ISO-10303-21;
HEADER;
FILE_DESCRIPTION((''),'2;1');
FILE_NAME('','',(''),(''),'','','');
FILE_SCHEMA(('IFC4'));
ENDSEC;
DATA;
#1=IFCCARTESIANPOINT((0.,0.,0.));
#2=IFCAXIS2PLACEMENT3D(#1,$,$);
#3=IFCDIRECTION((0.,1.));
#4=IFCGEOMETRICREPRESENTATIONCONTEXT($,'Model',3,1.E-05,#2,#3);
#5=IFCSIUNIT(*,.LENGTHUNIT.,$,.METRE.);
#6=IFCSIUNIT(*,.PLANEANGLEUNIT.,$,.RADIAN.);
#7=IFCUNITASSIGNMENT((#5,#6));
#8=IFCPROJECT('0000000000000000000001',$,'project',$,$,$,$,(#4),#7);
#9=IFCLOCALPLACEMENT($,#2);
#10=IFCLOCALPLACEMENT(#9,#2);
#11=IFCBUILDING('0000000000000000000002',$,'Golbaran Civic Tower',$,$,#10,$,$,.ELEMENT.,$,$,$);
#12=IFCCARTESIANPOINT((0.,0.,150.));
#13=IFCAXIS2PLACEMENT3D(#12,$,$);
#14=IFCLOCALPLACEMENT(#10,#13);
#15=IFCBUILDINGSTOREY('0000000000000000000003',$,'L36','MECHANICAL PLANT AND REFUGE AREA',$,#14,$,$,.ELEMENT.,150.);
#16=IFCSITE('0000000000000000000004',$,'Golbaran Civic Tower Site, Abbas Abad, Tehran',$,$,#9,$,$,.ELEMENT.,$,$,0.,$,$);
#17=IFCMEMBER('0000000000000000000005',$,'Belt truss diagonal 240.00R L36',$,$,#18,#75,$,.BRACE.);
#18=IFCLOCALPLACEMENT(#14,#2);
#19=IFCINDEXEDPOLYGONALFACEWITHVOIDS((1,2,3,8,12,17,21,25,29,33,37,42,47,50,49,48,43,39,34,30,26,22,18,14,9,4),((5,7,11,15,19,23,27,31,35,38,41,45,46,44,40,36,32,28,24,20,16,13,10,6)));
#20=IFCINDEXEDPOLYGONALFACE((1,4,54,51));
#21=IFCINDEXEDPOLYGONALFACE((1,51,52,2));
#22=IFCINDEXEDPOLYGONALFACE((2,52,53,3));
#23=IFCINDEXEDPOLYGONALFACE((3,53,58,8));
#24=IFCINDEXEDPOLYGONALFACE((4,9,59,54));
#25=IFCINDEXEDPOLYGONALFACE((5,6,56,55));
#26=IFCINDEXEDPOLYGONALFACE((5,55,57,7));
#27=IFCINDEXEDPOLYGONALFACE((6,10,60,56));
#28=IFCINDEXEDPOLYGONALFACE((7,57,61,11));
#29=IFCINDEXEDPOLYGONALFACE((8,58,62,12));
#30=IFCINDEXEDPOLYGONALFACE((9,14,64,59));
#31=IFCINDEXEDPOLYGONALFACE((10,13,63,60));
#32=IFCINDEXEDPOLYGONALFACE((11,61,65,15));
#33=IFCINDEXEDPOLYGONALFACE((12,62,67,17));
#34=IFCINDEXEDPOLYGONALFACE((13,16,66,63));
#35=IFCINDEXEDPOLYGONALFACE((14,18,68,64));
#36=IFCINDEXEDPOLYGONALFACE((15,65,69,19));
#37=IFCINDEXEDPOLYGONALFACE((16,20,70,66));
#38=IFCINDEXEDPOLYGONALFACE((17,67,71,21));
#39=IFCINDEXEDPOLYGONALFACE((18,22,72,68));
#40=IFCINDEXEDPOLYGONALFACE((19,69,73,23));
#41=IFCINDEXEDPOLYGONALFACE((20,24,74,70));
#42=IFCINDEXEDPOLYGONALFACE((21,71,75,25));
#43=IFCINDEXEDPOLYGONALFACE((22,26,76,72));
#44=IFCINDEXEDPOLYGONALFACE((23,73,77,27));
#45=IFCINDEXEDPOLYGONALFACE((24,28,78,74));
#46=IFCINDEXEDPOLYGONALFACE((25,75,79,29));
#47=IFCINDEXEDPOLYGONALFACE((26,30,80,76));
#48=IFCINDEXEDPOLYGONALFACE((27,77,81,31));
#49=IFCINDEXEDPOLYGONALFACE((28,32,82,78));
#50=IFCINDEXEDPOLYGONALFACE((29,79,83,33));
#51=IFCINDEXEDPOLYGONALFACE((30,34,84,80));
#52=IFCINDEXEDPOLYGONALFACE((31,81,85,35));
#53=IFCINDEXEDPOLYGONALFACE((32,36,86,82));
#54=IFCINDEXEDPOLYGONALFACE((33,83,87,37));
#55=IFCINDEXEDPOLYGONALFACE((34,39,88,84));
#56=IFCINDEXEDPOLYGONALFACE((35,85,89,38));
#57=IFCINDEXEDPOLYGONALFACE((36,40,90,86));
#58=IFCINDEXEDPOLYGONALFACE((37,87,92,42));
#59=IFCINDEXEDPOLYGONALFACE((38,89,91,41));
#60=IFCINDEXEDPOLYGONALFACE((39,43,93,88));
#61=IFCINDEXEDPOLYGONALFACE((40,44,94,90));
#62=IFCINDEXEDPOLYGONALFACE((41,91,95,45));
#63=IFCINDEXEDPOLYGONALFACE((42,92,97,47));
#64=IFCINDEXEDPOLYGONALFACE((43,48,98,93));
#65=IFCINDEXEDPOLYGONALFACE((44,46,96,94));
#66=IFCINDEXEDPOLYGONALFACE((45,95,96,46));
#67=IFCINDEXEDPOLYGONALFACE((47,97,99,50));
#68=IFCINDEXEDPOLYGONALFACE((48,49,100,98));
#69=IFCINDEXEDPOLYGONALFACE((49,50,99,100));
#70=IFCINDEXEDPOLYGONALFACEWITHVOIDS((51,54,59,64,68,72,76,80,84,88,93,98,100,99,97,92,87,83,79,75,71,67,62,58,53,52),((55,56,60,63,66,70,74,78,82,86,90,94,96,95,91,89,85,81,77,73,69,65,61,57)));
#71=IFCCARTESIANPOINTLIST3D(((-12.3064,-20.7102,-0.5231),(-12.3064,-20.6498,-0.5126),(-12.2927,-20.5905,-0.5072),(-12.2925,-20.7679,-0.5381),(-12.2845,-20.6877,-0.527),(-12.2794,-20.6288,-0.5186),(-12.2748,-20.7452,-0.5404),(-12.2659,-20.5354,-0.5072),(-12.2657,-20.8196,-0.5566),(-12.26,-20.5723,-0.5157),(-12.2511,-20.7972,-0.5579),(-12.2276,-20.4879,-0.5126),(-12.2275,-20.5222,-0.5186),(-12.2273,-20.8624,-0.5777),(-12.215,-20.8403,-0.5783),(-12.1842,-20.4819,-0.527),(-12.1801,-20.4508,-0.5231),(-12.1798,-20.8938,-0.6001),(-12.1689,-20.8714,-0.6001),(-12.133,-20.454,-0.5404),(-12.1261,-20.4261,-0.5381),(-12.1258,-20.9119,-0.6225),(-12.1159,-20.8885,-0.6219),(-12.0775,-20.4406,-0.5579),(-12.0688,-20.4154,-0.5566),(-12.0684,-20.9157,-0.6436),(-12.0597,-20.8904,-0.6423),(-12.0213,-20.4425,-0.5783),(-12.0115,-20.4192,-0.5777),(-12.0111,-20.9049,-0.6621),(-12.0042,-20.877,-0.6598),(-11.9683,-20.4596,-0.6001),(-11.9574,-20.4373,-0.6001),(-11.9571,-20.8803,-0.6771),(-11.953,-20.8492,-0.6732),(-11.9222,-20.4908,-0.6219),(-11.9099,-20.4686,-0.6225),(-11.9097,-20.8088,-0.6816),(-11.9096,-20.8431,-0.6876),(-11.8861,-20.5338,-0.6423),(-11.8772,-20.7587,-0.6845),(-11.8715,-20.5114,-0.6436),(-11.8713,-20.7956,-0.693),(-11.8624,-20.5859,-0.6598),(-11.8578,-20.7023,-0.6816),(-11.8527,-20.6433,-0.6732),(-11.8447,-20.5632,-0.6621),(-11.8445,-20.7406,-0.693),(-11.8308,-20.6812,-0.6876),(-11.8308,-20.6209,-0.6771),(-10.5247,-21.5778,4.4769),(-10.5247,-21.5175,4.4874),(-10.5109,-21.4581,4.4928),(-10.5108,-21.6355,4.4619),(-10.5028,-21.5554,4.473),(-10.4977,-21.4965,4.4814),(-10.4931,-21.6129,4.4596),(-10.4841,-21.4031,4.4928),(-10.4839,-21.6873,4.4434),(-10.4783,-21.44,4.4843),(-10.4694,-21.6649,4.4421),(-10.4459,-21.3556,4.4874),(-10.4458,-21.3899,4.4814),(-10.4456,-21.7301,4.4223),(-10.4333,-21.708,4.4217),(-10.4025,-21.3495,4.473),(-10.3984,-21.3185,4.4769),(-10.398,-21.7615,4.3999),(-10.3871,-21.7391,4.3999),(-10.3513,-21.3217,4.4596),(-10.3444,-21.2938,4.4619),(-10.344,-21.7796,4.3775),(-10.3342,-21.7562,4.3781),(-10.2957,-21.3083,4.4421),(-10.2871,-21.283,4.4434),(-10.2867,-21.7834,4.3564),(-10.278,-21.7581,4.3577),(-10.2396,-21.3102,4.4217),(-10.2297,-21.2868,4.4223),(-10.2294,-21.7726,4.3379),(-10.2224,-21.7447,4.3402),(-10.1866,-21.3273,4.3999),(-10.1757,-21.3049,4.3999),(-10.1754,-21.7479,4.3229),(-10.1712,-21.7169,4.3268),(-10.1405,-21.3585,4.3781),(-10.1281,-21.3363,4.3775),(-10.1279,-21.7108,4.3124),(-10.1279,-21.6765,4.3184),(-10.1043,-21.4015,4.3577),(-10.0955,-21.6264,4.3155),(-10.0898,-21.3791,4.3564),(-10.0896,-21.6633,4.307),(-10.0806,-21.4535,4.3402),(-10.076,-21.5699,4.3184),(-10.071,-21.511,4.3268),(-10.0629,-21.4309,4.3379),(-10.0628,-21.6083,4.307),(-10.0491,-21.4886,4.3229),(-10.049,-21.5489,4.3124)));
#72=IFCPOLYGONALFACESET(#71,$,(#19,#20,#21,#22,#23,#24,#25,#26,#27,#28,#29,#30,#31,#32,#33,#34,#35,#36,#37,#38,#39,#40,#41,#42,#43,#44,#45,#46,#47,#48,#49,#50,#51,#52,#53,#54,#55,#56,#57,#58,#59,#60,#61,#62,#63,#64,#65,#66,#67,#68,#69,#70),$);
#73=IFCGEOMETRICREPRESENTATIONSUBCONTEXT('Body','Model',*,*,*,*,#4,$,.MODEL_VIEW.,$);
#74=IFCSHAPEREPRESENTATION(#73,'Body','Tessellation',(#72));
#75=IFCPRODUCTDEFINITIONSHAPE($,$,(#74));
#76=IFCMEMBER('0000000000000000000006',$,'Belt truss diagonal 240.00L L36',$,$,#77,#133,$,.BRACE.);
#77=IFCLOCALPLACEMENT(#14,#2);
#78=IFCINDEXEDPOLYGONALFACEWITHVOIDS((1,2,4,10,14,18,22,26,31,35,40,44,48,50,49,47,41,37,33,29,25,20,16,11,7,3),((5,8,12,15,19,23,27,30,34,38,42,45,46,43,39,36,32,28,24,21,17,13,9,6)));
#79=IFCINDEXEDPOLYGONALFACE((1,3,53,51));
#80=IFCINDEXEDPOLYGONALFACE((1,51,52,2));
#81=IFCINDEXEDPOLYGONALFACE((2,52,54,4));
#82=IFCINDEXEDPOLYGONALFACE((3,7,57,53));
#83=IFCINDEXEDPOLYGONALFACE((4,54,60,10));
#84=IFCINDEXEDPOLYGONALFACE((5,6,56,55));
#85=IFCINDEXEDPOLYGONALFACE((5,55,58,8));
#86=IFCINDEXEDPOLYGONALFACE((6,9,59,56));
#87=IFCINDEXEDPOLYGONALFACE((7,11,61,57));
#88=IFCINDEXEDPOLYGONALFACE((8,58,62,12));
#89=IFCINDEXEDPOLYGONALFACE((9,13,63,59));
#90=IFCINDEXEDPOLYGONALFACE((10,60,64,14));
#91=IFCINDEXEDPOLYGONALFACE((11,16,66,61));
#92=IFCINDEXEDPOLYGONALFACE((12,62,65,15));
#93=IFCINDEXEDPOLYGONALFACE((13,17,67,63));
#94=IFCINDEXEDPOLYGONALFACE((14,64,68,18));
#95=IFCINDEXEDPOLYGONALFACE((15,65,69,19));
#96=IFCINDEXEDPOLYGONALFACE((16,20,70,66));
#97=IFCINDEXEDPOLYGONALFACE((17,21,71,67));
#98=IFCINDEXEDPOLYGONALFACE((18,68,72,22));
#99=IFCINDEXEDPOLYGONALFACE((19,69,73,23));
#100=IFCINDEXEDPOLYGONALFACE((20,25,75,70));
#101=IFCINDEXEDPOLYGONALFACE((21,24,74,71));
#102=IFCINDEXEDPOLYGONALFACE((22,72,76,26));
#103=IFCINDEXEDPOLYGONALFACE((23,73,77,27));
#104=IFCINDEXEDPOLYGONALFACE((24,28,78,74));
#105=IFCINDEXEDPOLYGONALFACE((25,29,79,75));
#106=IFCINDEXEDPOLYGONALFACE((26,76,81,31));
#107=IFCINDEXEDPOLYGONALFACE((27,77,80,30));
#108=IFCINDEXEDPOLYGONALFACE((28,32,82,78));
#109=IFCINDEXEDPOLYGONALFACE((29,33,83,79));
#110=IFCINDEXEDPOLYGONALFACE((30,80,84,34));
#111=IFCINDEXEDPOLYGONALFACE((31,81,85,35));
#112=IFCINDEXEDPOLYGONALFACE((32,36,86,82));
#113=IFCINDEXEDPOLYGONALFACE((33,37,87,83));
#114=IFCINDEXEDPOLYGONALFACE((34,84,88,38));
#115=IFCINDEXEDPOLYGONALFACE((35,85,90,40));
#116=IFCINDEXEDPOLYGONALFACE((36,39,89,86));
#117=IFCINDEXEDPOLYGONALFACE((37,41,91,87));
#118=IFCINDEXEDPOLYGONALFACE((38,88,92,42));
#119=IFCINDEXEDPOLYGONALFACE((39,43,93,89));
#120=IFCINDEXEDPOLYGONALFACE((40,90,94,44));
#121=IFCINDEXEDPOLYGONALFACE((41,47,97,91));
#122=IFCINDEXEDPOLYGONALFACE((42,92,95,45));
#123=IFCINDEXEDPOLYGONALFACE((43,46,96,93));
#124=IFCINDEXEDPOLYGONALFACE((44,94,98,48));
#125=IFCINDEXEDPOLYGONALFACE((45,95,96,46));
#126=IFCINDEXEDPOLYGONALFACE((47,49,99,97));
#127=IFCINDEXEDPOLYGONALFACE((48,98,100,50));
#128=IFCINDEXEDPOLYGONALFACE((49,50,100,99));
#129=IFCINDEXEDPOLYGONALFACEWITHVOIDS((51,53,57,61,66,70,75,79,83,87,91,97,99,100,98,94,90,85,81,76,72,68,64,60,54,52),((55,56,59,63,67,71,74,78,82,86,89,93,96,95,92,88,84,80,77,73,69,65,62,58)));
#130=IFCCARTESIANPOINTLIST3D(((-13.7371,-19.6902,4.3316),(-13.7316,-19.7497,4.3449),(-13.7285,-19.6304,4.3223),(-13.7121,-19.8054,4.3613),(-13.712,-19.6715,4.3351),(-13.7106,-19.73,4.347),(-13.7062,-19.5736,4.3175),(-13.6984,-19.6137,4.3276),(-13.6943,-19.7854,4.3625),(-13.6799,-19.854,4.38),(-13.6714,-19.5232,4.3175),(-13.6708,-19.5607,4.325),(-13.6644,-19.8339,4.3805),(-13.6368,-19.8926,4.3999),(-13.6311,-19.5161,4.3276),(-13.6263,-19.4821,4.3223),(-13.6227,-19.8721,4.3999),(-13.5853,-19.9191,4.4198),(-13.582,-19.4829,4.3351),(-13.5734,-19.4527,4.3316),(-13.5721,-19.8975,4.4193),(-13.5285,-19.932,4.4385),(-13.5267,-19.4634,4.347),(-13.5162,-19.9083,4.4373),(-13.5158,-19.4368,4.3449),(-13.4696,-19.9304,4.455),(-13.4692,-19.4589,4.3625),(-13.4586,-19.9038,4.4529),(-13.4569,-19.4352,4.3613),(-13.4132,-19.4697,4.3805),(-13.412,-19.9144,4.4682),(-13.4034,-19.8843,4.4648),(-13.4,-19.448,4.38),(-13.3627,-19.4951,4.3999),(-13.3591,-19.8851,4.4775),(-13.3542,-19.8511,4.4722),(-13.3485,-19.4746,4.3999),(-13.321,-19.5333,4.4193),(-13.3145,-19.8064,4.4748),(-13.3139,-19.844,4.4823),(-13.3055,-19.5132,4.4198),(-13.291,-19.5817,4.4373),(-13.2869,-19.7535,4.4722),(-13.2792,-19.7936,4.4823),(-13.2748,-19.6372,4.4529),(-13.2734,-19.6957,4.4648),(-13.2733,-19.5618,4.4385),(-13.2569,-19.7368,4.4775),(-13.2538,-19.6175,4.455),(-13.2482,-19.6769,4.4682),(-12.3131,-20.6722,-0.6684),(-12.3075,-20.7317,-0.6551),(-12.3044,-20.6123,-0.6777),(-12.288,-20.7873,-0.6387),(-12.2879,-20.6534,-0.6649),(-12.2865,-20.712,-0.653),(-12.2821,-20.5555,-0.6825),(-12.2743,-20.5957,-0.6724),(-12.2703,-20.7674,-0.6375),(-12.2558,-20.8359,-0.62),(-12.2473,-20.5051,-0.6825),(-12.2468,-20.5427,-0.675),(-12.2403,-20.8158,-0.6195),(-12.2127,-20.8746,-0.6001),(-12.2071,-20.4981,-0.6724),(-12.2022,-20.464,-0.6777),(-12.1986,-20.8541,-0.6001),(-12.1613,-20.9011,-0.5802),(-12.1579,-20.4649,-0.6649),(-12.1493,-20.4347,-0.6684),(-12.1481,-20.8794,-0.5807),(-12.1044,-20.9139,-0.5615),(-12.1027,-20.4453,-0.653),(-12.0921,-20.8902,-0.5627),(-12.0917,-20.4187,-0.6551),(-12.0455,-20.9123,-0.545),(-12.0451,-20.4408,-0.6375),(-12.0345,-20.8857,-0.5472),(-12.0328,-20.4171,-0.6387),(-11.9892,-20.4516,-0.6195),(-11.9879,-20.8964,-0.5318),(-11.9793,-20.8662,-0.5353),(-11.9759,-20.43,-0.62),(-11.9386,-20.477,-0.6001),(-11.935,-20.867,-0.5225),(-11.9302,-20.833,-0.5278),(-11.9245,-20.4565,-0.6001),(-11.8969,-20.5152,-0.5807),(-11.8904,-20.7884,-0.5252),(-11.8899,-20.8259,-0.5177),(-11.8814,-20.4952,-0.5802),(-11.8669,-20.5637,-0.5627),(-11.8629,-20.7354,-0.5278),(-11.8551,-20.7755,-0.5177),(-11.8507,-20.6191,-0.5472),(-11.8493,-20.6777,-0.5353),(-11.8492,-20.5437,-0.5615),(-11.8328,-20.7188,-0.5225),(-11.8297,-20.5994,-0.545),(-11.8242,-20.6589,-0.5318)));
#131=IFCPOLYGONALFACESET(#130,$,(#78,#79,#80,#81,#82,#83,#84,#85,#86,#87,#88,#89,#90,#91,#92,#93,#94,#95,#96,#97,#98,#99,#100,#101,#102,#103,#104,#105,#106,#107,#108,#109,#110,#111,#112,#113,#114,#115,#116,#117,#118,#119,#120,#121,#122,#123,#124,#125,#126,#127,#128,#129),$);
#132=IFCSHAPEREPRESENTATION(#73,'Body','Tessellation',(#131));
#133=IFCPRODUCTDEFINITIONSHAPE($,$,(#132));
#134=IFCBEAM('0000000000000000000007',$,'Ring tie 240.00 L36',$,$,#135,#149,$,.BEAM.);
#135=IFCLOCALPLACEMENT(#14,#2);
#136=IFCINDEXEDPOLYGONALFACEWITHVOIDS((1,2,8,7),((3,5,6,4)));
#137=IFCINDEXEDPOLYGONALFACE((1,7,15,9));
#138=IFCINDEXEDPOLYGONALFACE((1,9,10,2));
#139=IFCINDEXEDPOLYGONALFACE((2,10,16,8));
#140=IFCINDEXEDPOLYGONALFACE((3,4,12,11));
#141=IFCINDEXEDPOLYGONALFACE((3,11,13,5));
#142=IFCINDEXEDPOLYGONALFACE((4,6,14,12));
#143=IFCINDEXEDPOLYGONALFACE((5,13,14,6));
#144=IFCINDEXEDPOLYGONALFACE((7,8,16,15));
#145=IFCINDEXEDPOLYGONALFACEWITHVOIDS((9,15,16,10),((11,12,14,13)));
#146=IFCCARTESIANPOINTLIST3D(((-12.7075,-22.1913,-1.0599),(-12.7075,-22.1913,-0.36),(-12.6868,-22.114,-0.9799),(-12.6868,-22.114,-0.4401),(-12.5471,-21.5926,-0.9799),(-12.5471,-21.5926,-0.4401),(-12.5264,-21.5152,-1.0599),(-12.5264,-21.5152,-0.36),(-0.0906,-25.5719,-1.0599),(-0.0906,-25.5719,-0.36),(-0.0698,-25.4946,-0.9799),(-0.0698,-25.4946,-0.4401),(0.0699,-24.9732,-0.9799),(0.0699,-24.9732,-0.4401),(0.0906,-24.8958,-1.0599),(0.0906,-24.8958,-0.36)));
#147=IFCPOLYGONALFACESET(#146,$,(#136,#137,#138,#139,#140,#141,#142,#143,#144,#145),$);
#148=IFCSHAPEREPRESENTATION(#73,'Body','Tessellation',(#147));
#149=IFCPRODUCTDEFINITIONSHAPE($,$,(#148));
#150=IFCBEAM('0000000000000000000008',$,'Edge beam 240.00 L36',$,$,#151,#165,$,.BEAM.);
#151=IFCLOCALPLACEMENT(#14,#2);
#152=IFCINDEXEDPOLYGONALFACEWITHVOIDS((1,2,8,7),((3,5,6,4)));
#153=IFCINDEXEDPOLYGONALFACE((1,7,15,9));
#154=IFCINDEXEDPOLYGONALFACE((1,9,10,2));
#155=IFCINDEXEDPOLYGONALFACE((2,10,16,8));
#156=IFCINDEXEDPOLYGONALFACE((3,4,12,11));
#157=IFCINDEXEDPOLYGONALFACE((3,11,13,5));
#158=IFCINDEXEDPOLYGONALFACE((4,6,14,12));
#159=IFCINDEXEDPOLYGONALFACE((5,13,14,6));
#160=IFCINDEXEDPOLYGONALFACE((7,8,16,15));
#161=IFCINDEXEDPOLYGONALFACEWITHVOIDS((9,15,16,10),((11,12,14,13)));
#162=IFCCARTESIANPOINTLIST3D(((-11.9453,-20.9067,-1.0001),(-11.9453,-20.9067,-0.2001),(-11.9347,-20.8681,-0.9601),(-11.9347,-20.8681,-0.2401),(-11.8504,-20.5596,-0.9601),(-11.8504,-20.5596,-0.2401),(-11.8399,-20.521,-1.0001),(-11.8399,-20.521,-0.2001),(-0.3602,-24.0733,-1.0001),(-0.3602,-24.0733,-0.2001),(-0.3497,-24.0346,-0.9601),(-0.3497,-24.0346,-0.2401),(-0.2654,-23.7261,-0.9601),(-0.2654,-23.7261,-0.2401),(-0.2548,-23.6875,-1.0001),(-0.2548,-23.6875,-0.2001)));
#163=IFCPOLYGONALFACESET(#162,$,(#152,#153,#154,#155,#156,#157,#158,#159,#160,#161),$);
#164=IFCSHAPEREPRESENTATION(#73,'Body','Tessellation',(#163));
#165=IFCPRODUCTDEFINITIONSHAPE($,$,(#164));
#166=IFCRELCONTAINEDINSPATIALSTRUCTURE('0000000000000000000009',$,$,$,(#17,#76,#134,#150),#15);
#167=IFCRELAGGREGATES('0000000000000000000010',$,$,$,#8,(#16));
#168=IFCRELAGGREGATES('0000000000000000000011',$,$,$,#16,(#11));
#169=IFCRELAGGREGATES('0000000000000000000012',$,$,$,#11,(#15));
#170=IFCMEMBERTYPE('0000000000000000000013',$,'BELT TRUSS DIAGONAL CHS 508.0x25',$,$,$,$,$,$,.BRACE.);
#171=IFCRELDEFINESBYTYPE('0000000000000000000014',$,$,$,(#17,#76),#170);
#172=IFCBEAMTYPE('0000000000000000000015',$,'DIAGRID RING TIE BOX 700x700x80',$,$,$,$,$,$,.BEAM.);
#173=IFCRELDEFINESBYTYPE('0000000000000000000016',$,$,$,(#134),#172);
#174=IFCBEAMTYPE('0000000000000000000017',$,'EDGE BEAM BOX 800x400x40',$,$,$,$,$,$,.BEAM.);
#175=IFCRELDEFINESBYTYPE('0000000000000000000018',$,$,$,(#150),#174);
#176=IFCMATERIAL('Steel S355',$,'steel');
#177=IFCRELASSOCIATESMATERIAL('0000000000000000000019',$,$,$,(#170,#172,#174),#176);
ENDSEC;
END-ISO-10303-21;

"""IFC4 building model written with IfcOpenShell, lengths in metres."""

from ifc_helpers import new_model, si_unit, direction, frame, origin, origin_2d, place, context, subcontext, project, spatial, hollow_rectangle, hollow_circle, extrude, material, material_profile, profile_set, type_object, element, save


model = new_model("IFC4")

# Units and contexts
model_context = context("Model", 3, precision=1e-05, world=origin(), true_north=direction((0.0, 1.0)))
body_context = subcontext(model_context, "Body", "Model", "MODEL_VIEW")
ifc_project = project(units=[si_unit("LENGTHUNIT", "METRE"), si_unit("PLANEANGLEUNIT", "RADIAN")], contexts=[model_context])

# Site, building, storey
site_placement = place(None, origin())
site = spatial("IfcSite", under=ifc_project, at=site_placement, Name="Golbaran Civic Tower Site, Abbas Abad, Tehran", CompositionType="ELEMENT", RefElevation=0.0)
building_placement = place(site_placement, origin())
building = spatial("IfcBuilding", under=site, at=building_placement, Name="Golbaran Civic Tower", CompositionType="ELEMENT")
storey_placement = place(building_placement, frame((0.0, 0.0, 150.0)))
storey = spatial("IfcBuildingStorey", under=building, at=storey_placement, Name="L36", Description="MECHANICAL PLANT AND REFUGE AREA", CompositionType="ELEMENT", Elevation=150.0)

# Members
ifc_material_1 = material(Name="Steel S355", Category="steel")
ifc_material_profile_1 = material_profile(ifc_material_1, hollow_circle(Radius=0.2539, WallThickness=0.0249, at=origin_2d()), Name="CHS 508.0x25")
ifc_profile_set_1 = profile_set([ifc_material_profile_1], Name="Steel S355")
member_type_1 = type_object("IfcMemberType", Name="BELT TRUSS DIAGONAL CHS 508.0x25", PredefinedType="BRACE", material=ifc_profile_set_1)
member_1_placement = place(storey_placement, frame((-12.0686, -20.6655, -0.6001), z_axis=(0.331275, -0.161325, 0.92964), x_axis=(0.437826, 0.89906, 0.0)))
element("IfcMember", 1, at=member_1_placement, inside=storey, type_object=member_type_1, Name="Belt truss diagonal 240.00R L36", PredefinedType="BRACE", context=body_context, shape_type="SweptSolid", body=[
    extrude(hollow_circle(Radius=0.2539, WallThickness=0.0249, at=origin_2d()), origin(), (0.0, 0.0, 1.0), 5.3784),
])
member_2_placement = place(storey_placement, frame((-12.0686, -20.6655, -0.6001), z_axis=(-0.269162, 0.185594, 0.945043), x_axis=(-0.56766, -0.823263, 0.0)))
element("IfcMember", 2, at=member_2_placement, inside=storey, type_object=member_type_1, Name="Belt truss diagonal 240.00L L36", PredefinedType="BRACE", context=body_context, shape_type="SweptSolid", body=[
    extrude(hollow_circle(Radius=0.2539, WallThickness=0.0249, at=origin_2d()), origin(), (0.0, 0.0, 1.0), 5.2908),
])

# Beams
ifc_material_profile_2 = material_profile(ifc_material_1, hollow_rectangle(XDim=0.7, YDim=0.7, WallThickness=0.0801, at=origin_2d()), Name="BOX 700x700x80")
ifc_profile_set_2 = profile_set([ifc_material_profile_2], Name="Steel S355")
beam_type_1 = type_object("IfcBeamType", Name="DIAGRID RING TIE BOX 700x700x80", PredefinedType="BEAM", material=ifc_profile_set_2)
beam_1_placement = place(storey_placement, frame((-12.6169, -21.8533, -0.71), z_axis=(0.965927, -0.258813, 0.0), x_axis=(0.258813, 0.965927, 0.0)))
element("IfcBeam", 3, at=beam_1_placement, inside=storey, type_object=beam_type_1, Name="Ring tie 240.00 L36", PredefinedType="BEAM", context=body_context, shape_type="SweptSolid", body=[
    extrude(hollow_rectangle(XDim=0.7, YDim=0.7, WallThickness=0.0801, at=origin_2d()), origin(), (0.0, 0.0, 1.0), 13.062),
])
ifc_material_profile_3 = material_profile(ifc_material_1, hollow_rectangle(XDim=0.3999, YDim=0.8, WallThickness=0.04, at=origin_2d()), Name="BOX 800x400x40")
ifc_profile_set_3 = profile_set([ifc_material_profile_3], Name="Steel S355")
beam_type_2 = type_object("IfcBeamType", Name="EDGE BEAM BOX 800x400x40", PredefinedType="BEAM", material=ifc_profile_set_3)
beam_2_placement = place(storey_placement, frame((-11.8926, -20.7139, -0.6001), z_axis=(0.964616, -0.263657, 0.0), x_axis=(0.263657, 0.964616, 0.0)))
element("IfcBeam", 4, at=beam_2_placement, inside=storey, type_object=beam_type_2, Name="Edge beam 240.00 L36", PredefinedType="BEAM", context=body_context, shape_type="SweptSolid", body=[
    extrude(hollow_rectangle(XDim=0.3999, YDim=0.8, WallThickness=0.04, at=origin_2d()), origin(), (0.0, 0.0, 1.0), 12.01),
])

save(model, "model.ifc")
